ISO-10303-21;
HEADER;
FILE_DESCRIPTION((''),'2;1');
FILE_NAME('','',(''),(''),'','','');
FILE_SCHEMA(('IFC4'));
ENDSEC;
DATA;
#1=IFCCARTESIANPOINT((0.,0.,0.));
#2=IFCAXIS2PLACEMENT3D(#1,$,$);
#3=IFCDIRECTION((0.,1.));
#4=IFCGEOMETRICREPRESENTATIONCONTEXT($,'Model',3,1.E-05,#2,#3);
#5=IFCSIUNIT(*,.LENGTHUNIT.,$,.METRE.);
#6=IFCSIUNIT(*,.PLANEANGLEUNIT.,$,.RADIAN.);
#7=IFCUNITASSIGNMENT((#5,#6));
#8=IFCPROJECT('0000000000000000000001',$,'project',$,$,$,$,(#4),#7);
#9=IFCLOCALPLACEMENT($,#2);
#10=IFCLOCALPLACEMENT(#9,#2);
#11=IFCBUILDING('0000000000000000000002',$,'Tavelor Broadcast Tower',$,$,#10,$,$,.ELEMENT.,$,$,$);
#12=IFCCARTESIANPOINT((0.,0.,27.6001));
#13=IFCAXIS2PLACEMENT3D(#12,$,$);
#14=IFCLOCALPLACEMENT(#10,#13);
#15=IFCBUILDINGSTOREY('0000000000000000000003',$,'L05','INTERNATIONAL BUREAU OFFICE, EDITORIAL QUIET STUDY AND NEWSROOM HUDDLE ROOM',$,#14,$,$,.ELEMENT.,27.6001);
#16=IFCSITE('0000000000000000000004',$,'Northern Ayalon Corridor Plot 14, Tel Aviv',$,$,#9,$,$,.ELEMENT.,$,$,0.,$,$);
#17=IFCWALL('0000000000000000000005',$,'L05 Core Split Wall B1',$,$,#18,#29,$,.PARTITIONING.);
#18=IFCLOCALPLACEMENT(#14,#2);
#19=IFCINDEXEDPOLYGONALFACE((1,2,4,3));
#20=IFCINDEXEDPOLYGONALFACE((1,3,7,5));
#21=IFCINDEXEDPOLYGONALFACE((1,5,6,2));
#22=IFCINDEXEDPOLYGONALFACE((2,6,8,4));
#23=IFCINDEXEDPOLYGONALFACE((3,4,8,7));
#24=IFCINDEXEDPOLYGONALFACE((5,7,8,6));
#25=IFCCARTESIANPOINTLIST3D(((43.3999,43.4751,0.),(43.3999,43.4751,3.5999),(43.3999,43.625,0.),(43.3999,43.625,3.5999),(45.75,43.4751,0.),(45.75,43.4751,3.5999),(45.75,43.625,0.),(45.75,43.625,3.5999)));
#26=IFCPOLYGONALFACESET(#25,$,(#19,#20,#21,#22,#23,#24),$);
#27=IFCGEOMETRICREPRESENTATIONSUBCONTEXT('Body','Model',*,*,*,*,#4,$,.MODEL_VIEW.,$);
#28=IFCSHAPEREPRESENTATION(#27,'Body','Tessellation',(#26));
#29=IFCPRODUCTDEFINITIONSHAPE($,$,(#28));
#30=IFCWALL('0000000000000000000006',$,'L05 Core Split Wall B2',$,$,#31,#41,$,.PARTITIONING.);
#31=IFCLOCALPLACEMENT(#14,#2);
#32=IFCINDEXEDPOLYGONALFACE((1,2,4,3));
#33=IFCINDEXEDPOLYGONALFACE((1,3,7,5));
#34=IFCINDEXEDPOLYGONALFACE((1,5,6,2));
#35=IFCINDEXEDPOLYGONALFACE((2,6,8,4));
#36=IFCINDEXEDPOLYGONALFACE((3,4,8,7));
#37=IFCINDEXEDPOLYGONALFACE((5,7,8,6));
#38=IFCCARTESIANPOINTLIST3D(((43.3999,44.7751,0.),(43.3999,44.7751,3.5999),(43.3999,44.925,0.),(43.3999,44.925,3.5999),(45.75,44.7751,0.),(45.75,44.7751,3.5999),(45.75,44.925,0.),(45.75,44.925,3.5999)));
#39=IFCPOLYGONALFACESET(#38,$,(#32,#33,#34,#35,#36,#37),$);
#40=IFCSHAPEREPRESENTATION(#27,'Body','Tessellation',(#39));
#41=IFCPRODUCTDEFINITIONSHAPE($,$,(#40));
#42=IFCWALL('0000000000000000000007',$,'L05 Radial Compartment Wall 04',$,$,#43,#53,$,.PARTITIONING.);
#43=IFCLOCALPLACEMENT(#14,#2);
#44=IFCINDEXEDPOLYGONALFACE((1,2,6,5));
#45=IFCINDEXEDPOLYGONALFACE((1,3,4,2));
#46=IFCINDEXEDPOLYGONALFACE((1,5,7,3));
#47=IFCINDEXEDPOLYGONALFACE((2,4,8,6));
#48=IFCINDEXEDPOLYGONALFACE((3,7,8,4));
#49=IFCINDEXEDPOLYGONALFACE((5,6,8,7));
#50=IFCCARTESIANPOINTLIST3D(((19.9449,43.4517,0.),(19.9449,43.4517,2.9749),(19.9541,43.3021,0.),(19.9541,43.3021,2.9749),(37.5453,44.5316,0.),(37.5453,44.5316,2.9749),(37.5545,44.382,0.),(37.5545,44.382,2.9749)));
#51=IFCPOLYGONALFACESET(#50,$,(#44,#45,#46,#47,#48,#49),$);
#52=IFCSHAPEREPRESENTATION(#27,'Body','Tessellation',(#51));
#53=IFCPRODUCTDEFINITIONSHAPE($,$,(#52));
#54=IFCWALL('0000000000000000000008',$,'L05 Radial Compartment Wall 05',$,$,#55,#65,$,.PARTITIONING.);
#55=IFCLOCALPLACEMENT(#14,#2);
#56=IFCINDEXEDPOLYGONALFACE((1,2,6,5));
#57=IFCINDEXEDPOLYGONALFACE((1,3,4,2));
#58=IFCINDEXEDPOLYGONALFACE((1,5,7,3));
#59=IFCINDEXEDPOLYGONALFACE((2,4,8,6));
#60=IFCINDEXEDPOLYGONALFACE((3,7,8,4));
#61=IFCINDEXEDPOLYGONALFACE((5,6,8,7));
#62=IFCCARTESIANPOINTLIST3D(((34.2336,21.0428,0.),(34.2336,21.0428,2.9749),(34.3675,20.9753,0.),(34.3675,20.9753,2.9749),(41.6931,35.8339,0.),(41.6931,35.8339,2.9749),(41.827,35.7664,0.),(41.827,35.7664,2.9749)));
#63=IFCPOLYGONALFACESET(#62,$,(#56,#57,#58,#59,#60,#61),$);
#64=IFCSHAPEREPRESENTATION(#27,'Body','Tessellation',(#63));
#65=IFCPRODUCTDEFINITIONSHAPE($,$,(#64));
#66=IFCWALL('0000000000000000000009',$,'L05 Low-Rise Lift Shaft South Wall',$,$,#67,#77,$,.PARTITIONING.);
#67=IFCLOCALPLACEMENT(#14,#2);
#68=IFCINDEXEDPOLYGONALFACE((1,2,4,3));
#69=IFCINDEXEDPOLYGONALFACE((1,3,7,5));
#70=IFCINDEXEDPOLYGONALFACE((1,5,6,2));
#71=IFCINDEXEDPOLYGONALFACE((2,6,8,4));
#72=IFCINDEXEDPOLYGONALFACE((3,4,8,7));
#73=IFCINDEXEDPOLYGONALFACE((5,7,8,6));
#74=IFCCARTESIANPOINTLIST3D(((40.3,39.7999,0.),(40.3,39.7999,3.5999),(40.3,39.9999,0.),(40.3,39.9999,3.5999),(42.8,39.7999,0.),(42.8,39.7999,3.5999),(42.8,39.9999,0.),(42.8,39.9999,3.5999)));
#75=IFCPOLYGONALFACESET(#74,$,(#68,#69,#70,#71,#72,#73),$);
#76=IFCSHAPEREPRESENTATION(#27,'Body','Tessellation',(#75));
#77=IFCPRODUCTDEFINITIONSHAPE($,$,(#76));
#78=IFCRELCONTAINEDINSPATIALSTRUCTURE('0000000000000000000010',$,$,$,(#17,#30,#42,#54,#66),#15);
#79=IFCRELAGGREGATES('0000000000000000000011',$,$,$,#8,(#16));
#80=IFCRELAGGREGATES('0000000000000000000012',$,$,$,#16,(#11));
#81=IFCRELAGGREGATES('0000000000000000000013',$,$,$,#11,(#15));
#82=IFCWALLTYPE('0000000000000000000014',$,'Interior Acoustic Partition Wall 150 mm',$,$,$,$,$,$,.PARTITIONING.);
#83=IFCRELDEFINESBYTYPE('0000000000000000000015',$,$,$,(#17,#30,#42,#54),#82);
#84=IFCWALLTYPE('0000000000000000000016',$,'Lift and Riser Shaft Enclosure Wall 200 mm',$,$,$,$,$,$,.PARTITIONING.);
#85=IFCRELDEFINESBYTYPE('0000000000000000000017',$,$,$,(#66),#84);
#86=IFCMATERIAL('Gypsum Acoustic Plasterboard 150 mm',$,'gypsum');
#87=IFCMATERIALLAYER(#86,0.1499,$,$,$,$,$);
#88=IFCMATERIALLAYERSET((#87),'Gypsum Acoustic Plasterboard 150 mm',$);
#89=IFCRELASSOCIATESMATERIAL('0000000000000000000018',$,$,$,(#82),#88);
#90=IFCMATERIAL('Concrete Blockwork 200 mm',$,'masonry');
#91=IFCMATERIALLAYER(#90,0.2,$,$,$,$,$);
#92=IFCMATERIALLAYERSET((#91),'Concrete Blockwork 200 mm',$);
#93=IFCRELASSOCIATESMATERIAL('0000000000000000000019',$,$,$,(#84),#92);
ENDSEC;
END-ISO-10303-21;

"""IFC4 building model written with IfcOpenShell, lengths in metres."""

from ifc_helpers import new_model, si_unit, direction, frame, frame_2d, origin, place, context, subcontext, project, spatial, rectangle, extrude, material, layer, layer_set, type_object, element, save


model = new_model("IFC4")

# Units and contexts
model_context = context("Model", 3, precision=1e-05, world=origin(), true_north=direction((0.0, 1.0)))
body_context = subcontext(model_context, "Body", "Model", "MODEL_VIEW")
ifc_project = project(units=[si_unit("LENGTHUNIT", "METRE"), si_unit("PLANEANGLEUNIT", "RADIAN")], contexts=[model_context])

# Site, building, storey
site_placement = place(None, origin())
site = spatial("IfcSite", under=ifc_project, at=site_placement, Name="Northern Ayalon Corridor Plot 14, Tel Aviv", CompositionType="ELEMENT", RefElevation=0.0)
building_placement = place(site_placement, origin())
building = spatial("IfcBuilding", under=site, at=building_placement, Name="Tavelor Broadcast Tower", CompositionType="ELEMENT")
storey_placement = place(building_placement, frame((0.0, 0.0, 27.6001)))
storey = spatial("IfcBuildingStorey", under=building, at=storey_placement, Name="L05", Description="INTERNATIONAL BUREAU OFFICE, EDITORIAL QUIET STUDY AND NEWSROOM HUDDLE ROOM", CompositionType="ELEMENT", Elevation=27.6001)

# Walls
ifc_material_1 = material(Name="Gypsum Acoustic Plasterboard 150 mm", Category="gypsum")
ifc_layer_1 = layer(ifc_material_1, 0.1499)
ifc_layer_set_1 = layer_set([ifc_layer_1], Name="Gypsum Acoustic Plasterboard 150 mm")
wall_type_1 = type_object("IfcWallType", Name="Interior Acoustic Partition Wall 150 mm", PredefinedType="PARTITIONING", material=ifc_layer_set_1)
for number, where, z_axis, x_axis, name in (
    (1, (43.3999, 43.55, 0.0), (0.0, 0.0, 1.0), (1.0, 0.0, 0.0), "L05 Core Split Wall B1"),
    (2, (43.3999, 44.8501, 0.0), (0.0, 0.0, 1.0), (1.0, 0.0, 0.0), "L05 Core Split Wall B2"),
):
    element("IfcWall", number, at=place(storey_placement, frame(where, z_axis=z_axis, x_axis=x_axis)), inside=storey, type_object=wall_type_1, Name=name, PredefinedType="PARTITIONING", context=body_context, shape_type="SweptSolid", body=[
        extrude(rectangle(XDim=2.3501, YDim=0.1499, at=frame_2d((1.175, 0.0))), origin(), (0.0, 0.0, 1.0), 3.5999),
    ])
wall_1_placement = place(storey_placement, frame((37.55, 44.4568, 0.0), z_axis=(0.0, 0.0, 1.0), x_axis=(-0.998123, -0.061238, 0.0)))
element("IfcWall", 3, at=wall_1_placement, inside=storey, type_object=wall_type_1, Name="L05 Radial Compartment Wall 04", PredefinedType="PARTITIONING", context=body_context, shape_type="SweptSolid", body=[
    extrude(rectangle(XDim=17.6335, YDim=0.1499, at=frame_2d((8.8169, 0.0))), origin(), (0.0, 0.0, 1.0), 2.9749),
])
wall_2_placement = place(storey_placement, frame((41.76, 35.8, 0.0), z_axis=(0.0, 0.0, 1.0), x_axis=(-0.4503, -0.892877, 0.0)))
element("IfcWall", 4, at=wall_2_placement, inside=storey, type_object=wall_type_1, Name="L05 Radial Compartment Wall 05", PredefinedType="PARTITIONING", context=body_context, shape_type="SweptSolid", body=[
    extrude(rectangle(XDim=16.5657, YDim=0.1499, at=frame_2d((8.2827, 0.0))), origin(), (0.0, 0.0, 1.0), 2.9749),
])

# Shared definitions
ifc_material_2 = material(Name="Concrete Blockwork 200 mm", Category="masonry")

# Wall
ifc_layer_2 = layer(ifc_material_2, 0.2)
ifc_layer_set_2 = layer_set([ifc_layer_2], Name="Concrete Blockwork 200 mm")
wall_type_2 = type_object("IfcWallType", Name="Lift and Riser Shaft Enclosure Wall 200 mm", PredefinedType="PARTITIONING", material=ifc_layer_set_2)
wall_3_placement = place(storey_placement, frame((40.3, 39.8999, 0.0), z_axis=(0.0, 0.0, 1.0), x_axis=(1.0, 0.0, 0.0)))
element("IfcWall", 5, at=wall_3_placement, inside=storey, type_object=wall_type_2, Name="L05 Low-Rise Lift Shaft South Wall", PredefinedType="PARTITIONING", context=body_context, shape_type="SweptSolid", body=[
    extrude(rectangle(XDim=2.5, YDim=0.2, at=frame_2d((1.25, 0.0))), origin(), (0.0, 0.0, 1.0), 3.5999),
])

save(model, "model.ifc")
